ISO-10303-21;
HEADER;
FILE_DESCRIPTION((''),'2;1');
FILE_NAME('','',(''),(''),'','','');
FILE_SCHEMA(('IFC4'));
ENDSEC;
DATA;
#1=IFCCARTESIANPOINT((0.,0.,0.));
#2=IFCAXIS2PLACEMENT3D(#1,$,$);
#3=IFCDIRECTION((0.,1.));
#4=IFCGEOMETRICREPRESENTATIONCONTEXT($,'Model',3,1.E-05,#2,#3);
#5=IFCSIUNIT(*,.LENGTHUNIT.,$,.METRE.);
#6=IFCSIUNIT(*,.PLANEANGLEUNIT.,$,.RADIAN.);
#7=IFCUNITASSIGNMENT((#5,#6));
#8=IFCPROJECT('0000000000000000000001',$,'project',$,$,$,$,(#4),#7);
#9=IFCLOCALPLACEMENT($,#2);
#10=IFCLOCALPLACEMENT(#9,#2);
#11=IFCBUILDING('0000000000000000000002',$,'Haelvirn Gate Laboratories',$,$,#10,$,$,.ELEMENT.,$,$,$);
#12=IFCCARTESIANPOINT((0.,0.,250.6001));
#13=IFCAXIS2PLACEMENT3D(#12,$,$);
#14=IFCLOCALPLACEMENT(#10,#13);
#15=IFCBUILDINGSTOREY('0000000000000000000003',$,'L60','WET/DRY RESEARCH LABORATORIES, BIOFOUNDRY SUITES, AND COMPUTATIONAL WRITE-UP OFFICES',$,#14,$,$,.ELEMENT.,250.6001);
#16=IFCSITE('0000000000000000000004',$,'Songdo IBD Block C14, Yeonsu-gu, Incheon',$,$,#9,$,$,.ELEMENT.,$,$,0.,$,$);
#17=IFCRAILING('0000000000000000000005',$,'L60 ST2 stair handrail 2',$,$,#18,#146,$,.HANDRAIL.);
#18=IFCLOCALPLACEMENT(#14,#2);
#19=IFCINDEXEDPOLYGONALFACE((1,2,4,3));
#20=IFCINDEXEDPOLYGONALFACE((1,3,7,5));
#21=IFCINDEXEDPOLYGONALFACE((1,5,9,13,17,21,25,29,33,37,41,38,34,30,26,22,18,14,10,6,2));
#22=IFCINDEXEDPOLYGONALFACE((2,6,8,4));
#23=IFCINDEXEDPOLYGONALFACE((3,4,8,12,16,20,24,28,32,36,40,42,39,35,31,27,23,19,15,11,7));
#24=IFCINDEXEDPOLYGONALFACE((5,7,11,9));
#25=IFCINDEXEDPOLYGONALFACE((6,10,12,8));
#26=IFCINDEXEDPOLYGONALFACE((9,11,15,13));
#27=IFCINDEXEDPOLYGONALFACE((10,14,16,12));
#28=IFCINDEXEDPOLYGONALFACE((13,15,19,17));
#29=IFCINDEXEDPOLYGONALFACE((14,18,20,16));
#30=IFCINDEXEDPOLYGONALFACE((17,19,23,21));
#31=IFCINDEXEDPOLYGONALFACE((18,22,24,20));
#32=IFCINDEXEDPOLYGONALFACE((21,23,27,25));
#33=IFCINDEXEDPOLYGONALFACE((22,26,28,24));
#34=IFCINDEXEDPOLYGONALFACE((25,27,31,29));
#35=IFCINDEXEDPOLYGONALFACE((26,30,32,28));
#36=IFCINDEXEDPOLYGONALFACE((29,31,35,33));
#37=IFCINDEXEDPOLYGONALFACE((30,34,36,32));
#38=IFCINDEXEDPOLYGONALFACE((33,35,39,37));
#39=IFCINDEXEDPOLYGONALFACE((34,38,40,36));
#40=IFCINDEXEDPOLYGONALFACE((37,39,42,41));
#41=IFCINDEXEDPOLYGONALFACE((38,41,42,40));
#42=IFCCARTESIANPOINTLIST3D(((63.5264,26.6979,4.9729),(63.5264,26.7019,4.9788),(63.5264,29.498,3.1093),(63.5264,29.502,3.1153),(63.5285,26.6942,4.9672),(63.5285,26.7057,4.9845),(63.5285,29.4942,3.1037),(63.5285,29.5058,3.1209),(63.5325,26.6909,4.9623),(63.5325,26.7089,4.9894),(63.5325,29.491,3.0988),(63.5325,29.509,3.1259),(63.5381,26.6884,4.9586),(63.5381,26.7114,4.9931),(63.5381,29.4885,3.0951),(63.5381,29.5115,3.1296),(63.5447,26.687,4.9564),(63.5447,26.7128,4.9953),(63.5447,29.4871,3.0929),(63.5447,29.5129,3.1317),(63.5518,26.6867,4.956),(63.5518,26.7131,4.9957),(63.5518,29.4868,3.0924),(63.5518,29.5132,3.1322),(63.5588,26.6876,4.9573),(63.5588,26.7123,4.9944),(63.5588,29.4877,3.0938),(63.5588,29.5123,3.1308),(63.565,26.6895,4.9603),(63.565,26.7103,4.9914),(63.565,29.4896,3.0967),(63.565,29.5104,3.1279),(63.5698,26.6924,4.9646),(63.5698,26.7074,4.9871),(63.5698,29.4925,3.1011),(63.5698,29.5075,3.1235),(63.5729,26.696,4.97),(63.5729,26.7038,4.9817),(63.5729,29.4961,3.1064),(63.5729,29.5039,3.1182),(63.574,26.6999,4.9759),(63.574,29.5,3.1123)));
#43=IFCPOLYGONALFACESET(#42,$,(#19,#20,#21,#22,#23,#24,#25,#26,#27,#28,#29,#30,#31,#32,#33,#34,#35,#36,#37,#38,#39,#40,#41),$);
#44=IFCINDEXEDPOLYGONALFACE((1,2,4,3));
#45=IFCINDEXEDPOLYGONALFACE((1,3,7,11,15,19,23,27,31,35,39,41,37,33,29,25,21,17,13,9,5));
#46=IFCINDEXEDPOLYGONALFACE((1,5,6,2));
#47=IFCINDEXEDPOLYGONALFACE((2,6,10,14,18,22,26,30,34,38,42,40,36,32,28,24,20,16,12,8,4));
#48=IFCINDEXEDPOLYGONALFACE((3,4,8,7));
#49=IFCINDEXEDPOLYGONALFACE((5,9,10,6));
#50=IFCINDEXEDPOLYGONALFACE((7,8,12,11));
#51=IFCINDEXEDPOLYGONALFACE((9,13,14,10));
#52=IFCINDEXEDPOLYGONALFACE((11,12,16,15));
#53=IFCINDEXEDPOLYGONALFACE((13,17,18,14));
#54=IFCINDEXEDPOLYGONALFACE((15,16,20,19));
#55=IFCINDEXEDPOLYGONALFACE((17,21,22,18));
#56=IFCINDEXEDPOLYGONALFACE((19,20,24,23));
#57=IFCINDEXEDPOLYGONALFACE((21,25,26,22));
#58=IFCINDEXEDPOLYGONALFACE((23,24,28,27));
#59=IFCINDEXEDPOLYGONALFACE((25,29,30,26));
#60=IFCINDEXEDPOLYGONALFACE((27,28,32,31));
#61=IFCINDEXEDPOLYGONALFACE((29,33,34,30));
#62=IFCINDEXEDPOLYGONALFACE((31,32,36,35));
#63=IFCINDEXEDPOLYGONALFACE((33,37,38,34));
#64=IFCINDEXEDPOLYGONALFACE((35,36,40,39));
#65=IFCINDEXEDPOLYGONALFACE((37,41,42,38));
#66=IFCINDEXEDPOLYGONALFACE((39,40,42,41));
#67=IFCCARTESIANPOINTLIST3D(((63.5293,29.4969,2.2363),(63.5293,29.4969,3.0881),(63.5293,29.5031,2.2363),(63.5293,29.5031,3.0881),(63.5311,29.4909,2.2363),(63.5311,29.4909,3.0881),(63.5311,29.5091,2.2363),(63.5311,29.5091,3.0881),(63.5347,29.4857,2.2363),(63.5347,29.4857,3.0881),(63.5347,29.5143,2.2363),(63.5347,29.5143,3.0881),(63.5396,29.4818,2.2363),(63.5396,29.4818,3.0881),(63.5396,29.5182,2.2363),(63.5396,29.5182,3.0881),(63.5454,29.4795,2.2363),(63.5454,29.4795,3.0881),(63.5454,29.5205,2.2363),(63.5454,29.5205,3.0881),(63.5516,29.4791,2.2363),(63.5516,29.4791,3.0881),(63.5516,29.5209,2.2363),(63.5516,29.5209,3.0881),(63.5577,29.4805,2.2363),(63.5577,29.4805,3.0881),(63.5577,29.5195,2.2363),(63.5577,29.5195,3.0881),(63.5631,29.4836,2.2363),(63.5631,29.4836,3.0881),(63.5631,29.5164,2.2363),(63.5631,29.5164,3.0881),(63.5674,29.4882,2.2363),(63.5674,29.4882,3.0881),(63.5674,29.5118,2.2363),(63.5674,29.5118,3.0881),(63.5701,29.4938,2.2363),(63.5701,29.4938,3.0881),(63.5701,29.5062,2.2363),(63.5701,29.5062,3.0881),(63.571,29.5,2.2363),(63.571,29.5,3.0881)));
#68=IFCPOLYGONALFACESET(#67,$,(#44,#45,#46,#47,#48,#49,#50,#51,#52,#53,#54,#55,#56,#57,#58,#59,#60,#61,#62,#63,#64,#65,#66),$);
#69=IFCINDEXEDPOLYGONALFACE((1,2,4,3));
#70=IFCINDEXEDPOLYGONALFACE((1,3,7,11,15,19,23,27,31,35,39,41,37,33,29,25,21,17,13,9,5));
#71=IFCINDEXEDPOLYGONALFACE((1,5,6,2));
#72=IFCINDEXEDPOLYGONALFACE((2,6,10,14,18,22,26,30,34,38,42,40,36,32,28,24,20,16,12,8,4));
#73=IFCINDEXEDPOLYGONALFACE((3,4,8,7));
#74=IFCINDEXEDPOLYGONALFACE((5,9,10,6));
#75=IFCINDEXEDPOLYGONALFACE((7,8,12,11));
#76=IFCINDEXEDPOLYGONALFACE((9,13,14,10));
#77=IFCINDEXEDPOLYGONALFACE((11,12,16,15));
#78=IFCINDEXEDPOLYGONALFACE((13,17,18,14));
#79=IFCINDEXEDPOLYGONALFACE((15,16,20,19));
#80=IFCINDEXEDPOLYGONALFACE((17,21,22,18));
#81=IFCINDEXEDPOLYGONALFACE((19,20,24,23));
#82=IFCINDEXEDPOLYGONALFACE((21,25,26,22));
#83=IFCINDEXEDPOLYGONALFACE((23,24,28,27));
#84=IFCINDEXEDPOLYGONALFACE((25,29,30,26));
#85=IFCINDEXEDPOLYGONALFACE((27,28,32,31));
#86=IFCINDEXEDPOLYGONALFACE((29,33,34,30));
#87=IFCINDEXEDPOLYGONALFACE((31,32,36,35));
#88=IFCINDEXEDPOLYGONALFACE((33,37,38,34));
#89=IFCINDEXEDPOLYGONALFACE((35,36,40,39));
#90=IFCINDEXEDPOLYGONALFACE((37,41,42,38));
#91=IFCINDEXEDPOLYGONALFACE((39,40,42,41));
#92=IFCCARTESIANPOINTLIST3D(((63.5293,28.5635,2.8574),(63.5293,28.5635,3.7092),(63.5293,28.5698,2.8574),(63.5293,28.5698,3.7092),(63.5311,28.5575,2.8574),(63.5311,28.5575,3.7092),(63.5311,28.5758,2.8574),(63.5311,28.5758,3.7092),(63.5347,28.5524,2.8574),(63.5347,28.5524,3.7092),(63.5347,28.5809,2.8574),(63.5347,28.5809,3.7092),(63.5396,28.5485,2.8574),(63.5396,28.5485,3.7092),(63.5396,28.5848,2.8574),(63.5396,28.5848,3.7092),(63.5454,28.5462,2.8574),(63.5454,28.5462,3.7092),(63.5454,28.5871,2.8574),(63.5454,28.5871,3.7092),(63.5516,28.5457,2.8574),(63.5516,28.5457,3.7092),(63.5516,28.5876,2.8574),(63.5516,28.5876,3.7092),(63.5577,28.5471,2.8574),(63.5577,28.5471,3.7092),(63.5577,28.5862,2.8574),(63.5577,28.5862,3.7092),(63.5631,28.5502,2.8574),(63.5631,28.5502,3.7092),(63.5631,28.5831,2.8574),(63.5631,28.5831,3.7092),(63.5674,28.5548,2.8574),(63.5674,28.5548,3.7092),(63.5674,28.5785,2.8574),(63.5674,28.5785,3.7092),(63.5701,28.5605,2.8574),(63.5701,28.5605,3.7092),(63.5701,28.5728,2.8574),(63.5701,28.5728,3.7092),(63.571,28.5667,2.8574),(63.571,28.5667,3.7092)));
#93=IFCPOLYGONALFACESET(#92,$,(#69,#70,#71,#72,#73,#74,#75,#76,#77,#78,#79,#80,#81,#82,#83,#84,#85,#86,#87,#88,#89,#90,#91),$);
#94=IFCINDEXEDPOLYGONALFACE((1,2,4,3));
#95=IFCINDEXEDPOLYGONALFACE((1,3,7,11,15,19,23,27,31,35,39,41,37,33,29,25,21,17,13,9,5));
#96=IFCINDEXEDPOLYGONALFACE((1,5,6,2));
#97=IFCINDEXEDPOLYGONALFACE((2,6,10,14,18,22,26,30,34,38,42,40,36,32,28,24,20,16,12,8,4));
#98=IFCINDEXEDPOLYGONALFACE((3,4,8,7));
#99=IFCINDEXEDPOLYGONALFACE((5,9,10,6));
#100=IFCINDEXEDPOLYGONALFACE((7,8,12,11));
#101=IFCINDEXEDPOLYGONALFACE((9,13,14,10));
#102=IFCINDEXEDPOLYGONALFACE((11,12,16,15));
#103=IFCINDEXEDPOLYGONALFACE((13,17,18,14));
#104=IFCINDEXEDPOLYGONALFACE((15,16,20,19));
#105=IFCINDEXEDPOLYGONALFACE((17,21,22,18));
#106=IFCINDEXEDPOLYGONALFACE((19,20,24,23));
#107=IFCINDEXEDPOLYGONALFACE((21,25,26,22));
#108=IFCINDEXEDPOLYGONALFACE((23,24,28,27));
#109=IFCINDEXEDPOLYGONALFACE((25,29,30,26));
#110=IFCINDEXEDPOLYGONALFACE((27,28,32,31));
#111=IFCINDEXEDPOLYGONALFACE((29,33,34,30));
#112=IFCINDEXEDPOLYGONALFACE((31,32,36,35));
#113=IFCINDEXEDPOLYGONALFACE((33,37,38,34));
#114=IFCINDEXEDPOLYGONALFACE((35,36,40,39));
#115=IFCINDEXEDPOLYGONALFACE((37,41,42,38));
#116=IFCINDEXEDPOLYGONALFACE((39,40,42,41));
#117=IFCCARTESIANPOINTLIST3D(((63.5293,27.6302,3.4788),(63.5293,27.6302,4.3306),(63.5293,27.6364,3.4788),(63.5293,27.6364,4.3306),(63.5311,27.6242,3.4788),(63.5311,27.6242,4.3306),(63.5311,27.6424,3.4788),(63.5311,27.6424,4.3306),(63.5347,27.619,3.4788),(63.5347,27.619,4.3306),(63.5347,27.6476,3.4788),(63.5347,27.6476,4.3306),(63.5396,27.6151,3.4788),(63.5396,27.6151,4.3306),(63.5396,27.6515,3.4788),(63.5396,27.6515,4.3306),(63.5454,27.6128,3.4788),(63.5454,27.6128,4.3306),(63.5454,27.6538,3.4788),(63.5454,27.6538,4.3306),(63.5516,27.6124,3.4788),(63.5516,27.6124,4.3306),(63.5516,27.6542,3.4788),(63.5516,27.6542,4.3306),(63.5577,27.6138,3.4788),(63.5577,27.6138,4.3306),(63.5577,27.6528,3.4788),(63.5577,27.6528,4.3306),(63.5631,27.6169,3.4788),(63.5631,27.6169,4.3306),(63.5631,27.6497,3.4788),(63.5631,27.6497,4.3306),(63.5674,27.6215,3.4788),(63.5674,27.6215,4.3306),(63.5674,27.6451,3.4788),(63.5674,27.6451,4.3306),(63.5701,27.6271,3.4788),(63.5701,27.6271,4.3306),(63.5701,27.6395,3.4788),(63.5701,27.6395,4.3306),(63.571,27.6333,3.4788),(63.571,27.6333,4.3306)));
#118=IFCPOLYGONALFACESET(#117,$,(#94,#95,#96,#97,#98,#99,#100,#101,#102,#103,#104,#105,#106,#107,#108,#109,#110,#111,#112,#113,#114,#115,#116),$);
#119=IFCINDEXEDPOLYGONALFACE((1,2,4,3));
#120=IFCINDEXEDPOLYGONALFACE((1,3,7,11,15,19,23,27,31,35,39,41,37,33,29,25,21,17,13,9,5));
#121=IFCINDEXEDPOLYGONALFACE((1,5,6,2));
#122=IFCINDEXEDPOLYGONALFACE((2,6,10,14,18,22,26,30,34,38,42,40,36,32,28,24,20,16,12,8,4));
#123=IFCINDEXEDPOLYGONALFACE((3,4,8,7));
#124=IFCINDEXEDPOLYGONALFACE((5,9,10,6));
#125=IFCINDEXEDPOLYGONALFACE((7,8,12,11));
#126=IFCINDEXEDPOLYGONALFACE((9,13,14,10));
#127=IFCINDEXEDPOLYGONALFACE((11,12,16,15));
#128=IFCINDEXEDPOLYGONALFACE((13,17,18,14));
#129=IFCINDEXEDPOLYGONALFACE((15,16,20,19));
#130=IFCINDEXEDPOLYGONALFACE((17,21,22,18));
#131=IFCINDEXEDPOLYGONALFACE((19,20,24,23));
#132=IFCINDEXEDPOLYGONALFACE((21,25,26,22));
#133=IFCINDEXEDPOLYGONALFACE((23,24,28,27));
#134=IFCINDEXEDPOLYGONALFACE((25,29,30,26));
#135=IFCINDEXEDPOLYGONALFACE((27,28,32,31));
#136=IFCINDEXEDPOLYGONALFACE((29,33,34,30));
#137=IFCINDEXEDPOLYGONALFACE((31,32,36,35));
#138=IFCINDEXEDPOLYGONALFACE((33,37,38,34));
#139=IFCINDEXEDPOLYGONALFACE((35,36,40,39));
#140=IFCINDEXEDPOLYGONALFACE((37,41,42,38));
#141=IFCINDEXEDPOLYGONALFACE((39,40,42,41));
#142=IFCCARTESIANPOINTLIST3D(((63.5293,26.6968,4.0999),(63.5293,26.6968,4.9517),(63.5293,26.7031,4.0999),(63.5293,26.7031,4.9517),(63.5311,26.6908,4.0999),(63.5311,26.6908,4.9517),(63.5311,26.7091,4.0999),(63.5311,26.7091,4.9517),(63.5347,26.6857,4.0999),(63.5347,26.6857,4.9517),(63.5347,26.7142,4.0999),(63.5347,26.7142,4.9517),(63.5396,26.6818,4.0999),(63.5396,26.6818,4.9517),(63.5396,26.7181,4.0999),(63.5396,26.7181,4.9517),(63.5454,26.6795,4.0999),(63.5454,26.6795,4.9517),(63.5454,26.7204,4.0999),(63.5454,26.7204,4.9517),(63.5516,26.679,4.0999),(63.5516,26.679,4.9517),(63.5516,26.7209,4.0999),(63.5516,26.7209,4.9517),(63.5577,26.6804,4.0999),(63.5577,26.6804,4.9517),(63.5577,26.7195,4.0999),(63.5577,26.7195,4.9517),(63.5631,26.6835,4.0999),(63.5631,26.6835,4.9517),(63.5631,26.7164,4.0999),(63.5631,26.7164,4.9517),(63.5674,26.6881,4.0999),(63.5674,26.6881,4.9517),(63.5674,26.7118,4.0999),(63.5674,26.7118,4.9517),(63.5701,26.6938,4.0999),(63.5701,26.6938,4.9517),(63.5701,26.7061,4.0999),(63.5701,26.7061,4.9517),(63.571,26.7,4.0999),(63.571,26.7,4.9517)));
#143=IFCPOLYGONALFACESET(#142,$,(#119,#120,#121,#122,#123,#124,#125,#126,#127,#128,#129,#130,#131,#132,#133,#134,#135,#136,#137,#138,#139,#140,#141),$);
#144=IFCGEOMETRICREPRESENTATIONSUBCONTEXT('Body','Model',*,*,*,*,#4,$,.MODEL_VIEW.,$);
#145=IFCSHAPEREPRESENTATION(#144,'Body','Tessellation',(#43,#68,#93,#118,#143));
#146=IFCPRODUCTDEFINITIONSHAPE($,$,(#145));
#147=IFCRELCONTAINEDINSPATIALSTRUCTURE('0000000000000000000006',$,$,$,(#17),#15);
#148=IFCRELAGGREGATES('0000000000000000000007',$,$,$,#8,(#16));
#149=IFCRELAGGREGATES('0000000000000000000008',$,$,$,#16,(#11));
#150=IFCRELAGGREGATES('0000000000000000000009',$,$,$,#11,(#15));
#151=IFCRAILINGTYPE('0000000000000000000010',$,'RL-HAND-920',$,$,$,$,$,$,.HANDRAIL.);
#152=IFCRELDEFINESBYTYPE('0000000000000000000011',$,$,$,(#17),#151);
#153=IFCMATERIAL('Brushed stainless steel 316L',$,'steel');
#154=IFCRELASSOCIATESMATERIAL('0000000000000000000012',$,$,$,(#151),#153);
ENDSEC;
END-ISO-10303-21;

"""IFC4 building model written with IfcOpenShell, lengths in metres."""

from ifc_helpers import new_model, si_unit, direction, frame, origin, origin_2d, place, context, subcontext, project, spatial, circle, extrude, source, transform, mapped, material, type_object, element, save


model = new_model("IFC4")

# Units and contexts
model_context = context("Model", 3, precision=1e-05, world=origin(), true_north=direction((0.0, 1.0)))
body_context = subcontext(model_context, "Body", "Model", "MODEL_VIEW")
ifc_project = project(units=[si_unit("LENGTHUNIT", "METRE"), si_unit("PLANEANGLEUNIT", "RADIAN")], contexts=[model_context])

# Site, building, storey
site_placement = place(None, origin())
site = spatial("IfcSite", under=ifc_project, at=site_placement, Name="Songdo IBD Block C14, Yeonsu-gu, Incheon", CompositionType="ELEMENT", RefElevation=0.0)
building_placement = place(site_placement, origin())
building = spatial("IfcBuilding", under=site, at=building_placement, Name="Haelvirn Gate Laboratories", CompositionType="ELEMENT")
storey_placement = place(building_placement, frame((0.0, 0.0, 250.6001)))
storey = spatial("IfcBuildingStorey", under=building, at=storey_placement, Name="L60", Description="WET/DRY RESEARCH LABORATORIES, BIOFOUNDRY SUITES, AND COMPUTATIONAL WRITE-UP OFFICES", CompositionType="ELEMENT", Elevation=250.6001)

# Railing
ifc_material_1 = material(Name="Brushed stainless steel 316L", Category="steel")
railing_type_1 = type_object("IfcRailingType", Name="RL-HAND-920", PredefinedType="HANDRAIL", material=ifc_material_1)
shared_shape_1 = source(origin(), body_context, "Body", "SweptSolid", [
    extrude(circle(Radius=0.0239, at=origin_2d()), frame((0.0, 0.0, 0.876), z_axis=(0.0, -0.832486, 0.554047), x_axis=(1.0, 0.0, 0.0)), (0.0, 0.0, 1.0), 3.3635),
    extrude(circle(Radius=0.021, at=origin_2d()), origin(), (0.0, 0.0, 1.0), 0.8518),
    extrude(circle(Radius=0.021, at=origin_2d()), frame((0.0, -0.9333, 0.6211)), (0.0, 0.0, 1.0), 0.8518),
    extrude(circle(Radius=0.021, at=origin_2d()), frame((0.0, -1.8667, 1.2424)), (0.0, 0.0, 1.0), 0.8518),
    extrude(circle(Radius=0.021, at=origin_2d()), frame((0.0, -2.8, 1.8635)), (0.0, 0.0, 1.0), 0.8518),
])
railing_1_placement = place(storey_placement, frame((63.55, 29.5, 2.2363)))
element("IfcRailing", 1, at=railing_1_placement, inside=storey, type_object=railing_type_1, Name="L60 ST2 stair handrail 2", PredefinedType="HANDRAIL", context=body_context, shape_type="MappedRepresentation", body=[
    mapped(shared_shape_1, transform((0.0, 0.0, 0.0), scale=1.0)),
])

save(model, "model.ifc")
